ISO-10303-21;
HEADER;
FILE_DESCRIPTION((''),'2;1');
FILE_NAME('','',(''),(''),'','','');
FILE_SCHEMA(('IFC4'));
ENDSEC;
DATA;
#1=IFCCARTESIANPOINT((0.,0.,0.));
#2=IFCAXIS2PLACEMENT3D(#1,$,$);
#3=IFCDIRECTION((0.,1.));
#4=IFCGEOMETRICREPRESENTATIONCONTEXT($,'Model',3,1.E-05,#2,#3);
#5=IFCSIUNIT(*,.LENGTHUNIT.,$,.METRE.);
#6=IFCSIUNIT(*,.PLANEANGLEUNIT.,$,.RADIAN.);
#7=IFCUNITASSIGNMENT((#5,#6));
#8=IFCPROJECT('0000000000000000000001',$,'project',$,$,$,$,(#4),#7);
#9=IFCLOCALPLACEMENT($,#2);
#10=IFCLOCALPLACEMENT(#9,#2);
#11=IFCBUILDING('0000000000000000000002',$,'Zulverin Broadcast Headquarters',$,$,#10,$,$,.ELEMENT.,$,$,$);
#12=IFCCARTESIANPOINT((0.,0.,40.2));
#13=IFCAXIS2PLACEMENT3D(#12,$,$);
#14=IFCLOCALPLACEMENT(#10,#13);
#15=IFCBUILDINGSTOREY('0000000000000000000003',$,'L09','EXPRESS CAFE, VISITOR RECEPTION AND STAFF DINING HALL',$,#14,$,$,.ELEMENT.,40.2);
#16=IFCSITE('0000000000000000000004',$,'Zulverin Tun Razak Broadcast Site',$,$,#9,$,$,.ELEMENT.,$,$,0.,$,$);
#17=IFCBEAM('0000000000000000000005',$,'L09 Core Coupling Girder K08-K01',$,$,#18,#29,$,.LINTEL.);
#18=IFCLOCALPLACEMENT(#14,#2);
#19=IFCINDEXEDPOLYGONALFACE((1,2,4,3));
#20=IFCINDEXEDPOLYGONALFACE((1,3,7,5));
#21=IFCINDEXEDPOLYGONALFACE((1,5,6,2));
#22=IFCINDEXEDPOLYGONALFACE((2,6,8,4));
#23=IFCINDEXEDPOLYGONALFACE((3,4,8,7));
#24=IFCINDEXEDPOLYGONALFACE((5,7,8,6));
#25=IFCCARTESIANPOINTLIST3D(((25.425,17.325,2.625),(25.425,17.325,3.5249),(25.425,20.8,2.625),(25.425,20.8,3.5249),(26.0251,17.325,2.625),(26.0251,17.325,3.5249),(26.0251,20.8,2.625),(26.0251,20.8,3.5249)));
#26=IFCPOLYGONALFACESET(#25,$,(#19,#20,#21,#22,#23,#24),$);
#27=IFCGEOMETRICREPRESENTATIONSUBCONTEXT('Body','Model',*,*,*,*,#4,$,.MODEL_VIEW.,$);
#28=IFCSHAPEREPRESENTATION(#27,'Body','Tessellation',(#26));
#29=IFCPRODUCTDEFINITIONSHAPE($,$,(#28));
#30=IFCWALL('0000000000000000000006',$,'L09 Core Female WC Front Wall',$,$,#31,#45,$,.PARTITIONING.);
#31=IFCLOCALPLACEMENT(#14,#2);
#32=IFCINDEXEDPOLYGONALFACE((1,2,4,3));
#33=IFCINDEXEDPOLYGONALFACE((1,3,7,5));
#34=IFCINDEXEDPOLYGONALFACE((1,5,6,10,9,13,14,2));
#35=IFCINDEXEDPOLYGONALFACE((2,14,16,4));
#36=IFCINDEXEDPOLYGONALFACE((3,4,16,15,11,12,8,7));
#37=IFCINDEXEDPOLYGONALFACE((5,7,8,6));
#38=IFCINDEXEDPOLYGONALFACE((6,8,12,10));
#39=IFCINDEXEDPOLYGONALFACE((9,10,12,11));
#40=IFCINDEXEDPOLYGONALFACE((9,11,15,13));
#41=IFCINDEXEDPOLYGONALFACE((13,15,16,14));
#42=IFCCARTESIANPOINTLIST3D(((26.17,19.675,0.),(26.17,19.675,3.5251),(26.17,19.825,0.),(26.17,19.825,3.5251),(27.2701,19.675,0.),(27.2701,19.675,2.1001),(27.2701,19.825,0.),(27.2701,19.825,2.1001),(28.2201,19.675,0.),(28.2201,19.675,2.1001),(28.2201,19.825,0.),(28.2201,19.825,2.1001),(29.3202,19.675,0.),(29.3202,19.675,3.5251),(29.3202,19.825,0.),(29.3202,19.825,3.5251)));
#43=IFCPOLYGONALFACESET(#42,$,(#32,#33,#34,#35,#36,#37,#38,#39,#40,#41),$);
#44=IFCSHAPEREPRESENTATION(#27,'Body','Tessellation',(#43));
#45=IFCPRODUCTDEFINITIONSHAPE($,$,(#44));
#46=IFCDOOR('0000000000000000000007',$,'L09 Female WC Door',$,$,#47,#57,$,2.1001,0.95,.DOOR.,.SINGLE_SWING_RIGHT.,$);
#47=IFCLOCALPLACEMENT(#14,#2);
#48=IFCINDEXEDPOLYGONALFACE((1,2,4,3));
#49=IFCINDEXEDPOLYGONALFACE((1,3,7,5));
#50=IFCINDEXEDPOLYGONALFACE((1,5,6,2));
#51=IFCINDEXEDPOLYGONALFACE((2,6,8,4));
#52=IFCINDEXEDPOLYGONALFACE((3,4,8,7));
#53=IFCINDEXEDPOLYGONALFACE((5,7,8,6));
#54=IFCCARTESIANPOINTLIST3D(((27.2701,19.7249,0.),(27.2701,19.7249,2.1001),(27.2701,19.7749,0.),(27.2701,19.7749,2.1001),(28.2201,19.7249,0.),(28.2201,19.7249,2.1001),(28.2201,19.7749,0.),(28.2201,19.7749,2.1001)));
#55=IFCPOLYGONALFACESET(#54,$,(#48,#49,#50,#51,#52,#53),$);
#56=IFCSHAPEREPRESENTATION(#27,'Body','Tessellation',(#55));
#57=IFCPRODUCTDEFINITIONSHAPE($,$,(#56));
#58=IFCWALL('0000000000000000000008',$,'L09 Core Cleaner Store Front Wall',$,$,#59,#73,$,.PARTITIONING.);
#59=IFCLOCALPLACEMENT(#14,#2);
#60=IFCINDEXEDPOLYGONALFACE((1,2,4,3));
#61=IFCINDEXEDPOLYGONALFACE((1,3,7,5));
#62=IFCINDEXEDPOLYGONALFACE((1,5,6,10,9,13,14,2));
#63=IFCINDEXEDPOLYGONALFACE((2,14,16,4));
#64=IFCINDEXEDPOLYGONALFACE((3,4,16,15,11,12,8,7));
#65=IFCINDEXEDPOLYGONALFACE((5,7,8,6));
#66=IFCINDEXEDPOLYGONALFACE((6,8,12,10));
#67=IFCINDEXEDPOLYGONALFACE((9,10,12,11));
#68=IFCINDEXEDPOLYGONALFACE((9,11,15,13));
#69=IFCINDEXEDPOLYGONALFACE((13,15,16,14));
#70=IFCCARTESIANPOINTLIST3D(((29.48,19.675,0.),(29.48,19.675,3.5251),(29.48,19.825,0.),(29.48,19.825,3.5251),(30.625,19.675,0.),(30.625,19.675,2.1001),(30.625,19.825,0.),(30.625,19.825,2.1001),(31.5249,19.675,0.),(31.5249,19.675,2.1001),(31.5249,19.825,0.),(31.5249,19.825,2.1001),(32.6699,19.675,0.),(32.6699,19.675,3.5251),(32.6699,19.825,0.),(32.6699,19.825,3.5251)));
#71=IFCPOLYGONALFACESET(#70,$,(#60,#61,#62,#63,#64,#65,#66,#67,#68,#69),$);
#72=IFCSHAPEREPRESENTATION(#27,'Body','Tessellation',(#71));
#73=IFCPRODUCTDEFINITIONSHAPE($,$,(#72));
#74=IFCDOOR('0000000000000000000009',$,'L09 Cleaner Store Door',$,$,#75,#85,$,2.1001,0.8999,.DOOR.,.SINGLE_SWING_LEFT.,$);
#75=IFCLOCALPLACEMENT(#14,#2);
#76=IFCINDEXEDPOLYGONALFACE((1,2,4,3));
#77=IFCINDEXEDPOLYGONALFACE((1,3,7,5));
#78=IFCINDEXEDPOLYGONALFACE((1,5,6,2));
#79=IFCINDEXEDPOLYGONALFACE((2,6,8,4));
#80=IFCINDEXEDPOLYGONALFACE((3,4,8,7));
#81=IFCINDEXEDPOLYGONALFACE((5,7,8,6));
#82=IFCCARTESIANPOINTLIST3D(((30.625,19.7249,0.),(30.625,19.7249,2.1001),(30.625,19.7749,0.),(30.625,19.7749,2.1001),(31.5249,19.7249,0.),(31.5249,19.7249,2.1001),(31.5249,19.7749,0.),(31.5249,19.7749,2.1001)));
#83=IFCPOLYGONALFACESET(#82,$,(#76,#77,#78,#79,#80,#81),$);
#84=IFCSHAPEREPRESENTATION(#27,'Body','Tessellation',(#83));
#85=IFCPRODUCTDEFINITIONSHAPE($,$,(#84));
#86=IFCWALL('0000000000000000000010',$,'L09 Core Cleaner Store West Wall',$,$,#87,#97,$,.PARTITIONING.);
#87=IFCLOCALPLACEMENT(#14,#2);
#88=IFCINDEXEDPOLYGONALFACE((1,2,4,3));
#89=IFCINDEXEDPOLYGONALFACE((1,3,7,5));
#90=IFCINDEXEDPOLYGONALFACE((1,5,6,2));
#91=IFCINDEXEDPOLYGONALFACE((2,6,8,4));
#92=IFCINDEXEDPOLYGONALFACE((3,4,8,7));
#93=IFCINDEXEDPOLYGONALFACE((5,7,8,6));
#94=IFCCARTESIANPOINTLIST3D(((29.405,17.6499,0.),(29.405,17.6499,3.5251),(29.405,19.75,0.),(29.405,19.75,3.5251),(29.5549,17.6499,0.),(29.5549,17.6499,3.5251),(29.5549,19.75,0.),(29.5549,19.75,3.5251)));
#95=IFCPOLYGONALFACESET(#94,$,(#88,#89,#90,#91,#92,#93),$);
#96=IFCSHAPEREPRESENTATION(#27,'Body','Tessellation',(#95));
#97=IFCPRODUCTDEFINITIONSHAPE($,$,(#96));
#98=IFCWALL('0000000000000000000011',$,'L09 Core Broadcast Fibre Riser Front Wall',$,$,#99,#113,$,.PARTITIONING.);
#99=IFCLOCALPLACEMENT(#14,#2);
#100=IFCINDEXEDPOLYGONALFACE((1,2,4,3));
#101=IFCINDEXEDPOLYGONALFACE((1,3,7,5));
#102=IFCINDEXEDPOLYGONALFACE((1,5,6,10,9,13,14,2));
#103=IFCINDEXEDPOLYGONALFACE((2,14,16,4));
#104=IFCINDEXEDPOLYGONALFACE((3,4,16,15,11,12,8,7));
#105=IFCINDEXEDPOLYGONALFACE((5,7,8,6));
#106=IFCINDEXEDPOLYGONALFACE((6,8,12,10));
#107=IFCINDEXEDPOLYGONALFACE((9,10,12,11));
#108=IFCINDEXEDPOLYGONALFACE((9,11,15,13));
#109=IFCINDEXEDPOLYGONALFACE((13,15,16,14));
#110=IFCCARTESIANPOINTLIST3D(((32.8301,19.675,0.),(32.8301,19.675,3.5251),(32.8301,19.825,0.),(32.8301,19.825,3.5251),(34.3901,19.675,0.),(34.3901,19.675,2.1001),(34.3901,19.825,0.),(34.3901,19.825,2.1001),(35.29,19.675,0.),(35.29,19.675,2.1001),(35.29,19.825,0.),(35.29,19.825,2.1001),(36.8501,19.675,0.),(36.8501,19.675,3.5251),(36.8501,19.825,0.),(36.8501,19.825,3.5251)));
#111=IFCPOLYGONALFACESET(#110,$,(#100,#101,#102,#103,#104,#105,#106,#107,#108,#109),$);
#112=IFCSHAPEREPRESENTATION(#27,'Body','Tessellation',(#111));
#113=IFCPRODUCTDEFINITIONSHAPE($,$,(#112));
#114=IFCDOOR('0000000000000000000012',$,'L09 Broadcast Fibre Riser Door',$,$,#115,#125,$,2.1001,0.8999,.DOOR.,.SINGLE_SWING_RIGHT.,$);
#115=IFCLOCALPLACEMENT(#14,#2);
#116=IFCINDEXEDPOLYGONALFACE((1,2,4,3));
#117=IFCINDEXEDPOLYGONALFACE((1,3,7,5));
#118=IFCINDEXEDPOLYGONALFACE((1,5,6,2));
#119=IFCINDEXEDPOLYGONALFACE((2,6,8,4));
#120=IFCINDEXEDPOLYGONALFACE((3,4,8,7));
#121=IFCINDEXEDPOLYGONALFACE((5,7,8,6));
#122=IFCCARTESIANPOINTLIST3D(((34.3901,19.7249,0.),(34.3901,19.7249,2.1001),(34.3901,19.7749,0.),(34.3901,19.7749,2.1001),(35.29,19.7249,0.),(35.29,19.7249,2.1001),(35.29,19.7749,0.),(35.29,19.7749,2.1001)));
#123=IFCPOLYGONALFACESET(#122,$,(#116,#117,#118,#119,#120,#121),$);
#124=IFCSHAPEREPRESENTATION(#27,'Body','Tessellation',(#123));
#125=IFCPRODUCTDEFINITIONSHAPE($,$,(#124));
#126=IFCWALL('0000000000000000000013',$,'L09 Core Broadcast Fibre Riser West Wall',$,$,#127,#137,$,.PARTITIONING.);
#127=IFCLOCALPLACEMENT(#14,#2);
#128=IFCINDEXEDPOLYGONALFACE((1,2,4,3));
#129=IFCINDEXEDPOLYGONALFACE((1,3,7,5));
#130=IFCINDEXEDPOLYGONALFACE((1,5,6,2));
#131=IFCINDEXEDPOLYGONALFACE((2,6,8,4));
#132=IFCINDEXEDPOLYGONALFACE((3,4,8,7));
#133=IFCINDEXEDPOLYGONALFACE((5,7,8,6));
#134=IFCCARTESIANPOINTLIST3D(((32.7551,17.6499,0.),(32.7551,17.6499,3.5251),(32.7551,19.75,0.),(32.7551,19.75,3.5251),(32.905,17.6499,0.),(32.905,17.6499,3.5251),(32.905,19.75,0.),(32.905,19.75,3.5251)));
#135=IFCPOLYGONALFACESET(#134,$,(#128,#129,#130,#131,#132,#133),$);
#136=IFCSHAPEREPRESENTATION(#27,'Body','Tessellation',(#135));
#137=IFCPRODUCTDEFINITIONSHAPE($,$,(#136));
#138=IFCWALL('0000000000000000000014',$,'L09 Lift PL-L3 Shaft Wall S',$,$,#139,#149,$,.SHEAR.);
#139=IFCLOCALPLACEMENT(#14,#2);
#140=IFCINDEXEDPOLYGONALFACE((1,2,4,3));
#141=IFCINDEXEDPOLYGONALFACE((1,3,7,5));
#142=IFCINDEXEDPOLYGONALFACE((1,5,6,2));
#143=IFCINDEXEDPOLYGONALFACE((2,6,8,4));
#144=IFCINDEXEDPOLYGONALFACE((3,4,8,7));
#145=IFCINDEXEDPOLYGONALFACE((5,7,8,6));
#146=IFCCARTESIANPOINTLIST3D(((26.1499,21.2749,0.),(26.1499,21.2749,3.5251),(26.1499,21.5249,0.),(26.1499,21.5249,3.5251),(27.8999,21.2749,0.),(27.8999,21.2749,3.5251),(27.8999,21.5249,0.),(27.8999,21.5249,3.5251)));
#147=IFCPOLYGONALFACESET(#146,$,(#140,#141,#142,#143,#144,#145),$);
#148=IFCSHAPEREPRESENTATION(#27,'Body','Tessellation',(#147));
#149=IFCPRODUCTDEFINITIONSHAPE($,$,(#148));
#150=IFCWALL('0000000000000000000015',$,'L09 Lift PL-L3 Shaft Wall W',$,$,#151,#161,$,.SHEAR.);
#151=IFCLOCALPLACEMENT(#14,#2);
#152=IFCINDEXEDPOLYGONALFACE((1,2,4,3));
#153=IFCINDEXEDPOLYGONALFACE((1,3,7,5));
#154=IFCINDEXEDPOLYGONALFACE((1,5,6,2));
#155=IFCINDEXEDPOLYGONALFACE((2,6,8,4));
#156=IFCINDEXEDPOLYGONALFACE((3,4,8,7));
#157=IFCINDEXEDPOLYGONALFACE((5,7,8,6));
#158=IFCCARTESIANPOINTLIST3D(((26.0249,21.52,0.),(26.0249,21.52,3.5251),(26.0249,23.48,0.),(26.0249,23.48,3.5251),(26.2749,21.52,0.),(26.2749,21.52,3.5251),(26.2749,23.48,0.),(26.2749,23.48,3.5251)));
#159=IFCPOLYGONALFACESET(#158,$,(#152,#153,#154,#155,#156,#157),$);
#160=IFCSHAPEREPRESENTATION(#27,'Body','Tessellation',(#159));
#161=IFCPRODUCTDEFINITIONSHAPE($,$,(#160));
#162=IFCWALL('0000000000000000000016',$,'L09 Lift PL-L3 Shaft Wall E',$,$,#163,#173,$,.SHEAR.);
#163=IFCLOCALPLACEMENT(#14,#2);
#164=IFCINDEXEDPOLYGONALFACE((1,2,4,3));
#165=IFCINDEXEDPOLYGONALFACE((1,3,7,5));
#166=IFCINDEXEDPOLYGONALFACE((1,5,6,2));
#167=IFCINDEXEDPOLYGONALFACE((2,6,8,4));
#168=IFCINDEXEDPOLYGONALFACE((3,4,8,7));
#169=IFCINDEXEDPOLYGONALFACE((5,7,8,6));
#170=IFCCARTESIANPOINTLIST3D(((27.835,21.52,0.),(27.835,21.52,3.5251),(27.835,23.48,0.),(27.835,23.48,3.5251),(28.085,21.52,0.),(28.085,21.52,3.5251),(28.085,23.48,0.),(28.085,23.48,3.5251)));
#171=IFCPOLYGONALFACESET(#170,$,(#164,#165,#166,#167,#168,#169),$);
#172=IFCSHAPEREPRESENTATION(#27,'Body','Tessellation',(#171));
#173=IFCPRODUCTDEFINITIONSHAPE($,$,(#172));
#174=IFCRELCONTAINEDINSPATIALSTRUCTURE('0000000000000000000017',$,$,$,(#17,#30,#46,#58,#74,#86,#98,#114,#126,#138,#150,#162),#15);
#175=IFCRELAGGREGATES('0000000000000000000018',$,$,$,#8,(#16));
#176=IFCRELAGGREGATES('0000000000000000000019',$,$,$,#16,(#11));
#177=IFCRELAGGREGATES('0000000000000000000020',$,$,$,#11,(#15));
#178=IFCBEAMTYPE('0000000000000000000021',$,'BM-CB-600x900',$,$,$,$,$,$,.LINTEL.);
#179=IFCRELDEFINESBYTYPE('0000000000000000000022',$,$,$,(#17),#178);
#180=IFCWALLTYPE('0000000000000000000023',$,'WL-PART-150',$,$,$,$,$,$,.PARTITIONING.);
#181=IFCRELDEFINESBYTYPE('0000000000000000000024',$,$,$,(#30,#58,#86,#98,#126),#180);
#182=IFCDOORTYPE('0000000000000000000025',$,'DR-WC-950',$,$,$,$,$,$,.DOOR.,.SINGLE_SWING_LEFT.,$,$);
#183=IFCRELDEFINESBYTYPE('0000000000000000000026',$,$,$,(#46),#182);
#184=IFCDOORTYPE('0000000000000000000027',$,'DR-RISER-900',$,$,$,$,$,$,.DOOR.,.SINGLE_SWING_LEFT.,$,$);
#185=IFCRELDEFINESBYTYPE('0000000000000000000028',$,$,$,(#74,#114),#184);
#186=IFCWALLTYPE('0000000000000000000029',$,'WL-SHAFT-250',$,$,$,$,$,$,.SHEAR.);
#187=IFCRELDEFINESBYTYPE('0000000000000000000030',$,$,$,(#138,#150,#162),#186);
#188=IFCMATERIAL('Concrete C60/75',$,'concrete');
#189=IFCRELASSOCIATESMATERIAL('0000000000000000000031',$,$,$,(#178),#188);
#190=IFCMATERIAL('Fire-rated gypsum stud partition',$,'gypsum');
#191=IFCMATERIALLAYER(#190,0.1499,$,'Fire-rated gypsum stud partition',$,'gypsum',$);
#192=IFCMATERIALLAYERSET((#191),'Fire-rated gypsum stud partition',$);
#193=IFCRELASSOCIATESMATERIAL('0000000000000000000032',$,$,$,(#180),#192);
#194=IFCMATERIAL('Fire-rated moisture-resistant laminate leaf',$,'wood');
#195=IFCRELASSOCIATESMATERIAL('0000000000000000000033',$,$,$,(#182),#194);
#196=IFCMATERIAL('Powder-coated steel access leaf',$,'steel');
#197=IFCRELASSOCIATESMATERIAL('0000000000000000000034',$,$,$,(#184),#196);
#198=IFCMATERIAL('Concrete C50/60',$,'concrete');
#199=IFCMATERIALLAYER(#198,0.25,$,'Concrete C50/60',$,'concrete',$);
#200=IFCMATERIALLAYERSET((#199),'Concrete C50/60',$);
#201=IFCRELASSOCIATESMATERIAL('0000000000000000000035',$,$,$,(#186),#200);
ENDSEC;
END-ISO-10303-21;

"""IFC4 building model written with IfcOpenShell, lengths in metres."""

from ifc_helpers import new_model, si_unit, direction, frame, frame_2d, origin, origin_2d, place, context, subcontext, project, spatial, rectangle, extrude, material, layer, layer_set, material_profile, profile_set, type_object, element, fill, save


model = new_model("IFC4")

# Units and contexts
model_context = context("Model", 3, precision=1e-05, world=origin(), true_north=direction((0.0, 1.0)))
body_context = subcontext(model_context, "Body", "Model", "MODEL_VIEW")
ifc_project = project(units=[si_unit("LENGTHUNIT", "METRE"), si_unit("PLANEANGLEUNIT", "RADIAN")], contexts=[model_context])

# Site, building, storey
site_placement = place(None, origin())
site = spatial("IfcSite", under=ifc_project, at=site_placement, Name="Zulverin Tun Razak Broadcast Site", CompositionType="ELEMENT", RefElevation=0.0)
building_placement = place(site_placement, origin())
building = spatial("IfcBuilding", under=site, at=building_placement, Name="Zulverin Broadcast Headquarters", CompositionType="ELEMENT")
storey_placement = place(building_placement, frame((0.0, 0.0, 40.2)))
storey = spatial("IfcBuildingStorey", under=building, at=storey_placement, Name="L09", Description="EXPRESS CAFE, VISITOR RECEPTION AND STAFF DINING HALL", CompositionType="ELEMENT", Elevation=40.2)

# Beam
ifc_material_1 = material(Name="Concrete C60/75", Category="concrete")
ifc_material_profile = material_profile(ifc_material_1, rectangle(XDim=0.6001, YDim=0.8999, at=origin_2d()), Name="Concrete C60/75", Category="concrete")
ifc_profile_set = profile_set([ifc_material_profile], Name="Concrete C60/75")
beam_type = type_object("IfcBeamType", Name="BM-CB-600x900", PredefinedType="LINTEL", material=ifc_profile_set)
beam_placement = place(storey_placement, frame((25.7251, 20.8, 3.075), z_axis=(0.0, -1.0, 0.0), x_axis=(1.0, 0.0, 0.0)))
element("IfcBeam", 1, at=beam_placement, inside=storey, type_object=beam_type, Name="L09 Core Coupling Girder K08-K01", PredefinedType="LINTEL", context=body_context, shape_type="SweptSolid", body=[
    extrude(rectangle(XDim=0.6001, YDim=0.8999, at=origin_2d()), origin(), (0.0, 0.0, 1.0), 3.4751),
])

# Walls, openings, doors
ifc_material_2 = material(Name="Fire-rated gypsum stud partition", Category="gypsum")
ifc_layer_1 = layer(ifc_material_2, 0.1499, Name="Fire-rated gypsum stud partition", Category="gypsum")
ifc_layer_set_1 = layer_set([ifc_layer_1], Name="Fire-rated gypsum stud partition")
wall_type_1 = type_object("IfcWallType", Name="WL-PART-150", PredefinedType="PARTITIONING", material=ifc_layer_set_1)
wall_1_placement = place(storey_placement, frame((26.1699, 19.75, 0.0), z_axis=(0.0, 0.0, 1.0), x_axis=(1.0, 0.0, 0.0)))
wall_1 = element("IfcWall", 2, at=wall_1_placement, inside=storey, type_object=wall_type_1, Name="L09 Core Female WC Front Wall", PredefinedType="PARTITIONING", context=body_context, shape_type="SweptSolid", body=[
    extrude(rectangle(XDim=3.1501, YDim=0.1499, at=frame_2d((1.5752, 0.0))), origin(), (0.0, 0.0, 1.0), 3.5251),
])
opening_1_placement = place(wall_1_placement, frame((1.1001, 0.0, 0.0)))
opening_1 = element("IfcOpeningElement", 3, at=opening_1_placement, cuts=wall_1, PredefinedType="OPENING", context=body_context, shape_type="SweptSolid", body=[
    extrude(rectangle(XDim=0.95, YDim=2.1001, at=frame_2d((0.4751, 1.05))), frame((0.0, 0.085, 0.0), z_axis=(0.0, -1.0, 0.0), x_axis=(1.0, 0.0, 0.0)), (0.0, 0.0, 1.0), 0.1699),
])
ifc_material_3 = material(Name="Fire-rated moisture-resistant laminate leaf", Category="wood")
door_type_1 = type_object("IfcDoorType", Name="DR-WC-950", OperationType="SINGLE_SWING_LEFT", PredefinedType="DOOR", material=ifc_material_3)
door_1_placement = place(opening_1_placement, origin())
door_1 = element("IfcDoor", 4, at=door_1_placement, inside=storey, type_object=door_type_1, Name="L09 Female WC Door", OperationType="SINGLE_SWING_RIGHT", OverallHeight=2.1001, OverallWidth=0.95, PredefinedType="DOOR", context=body_context, shape_type="SweptSolid", body=[
    extrude(rectangle(XDim=0.95, YDim=2.1001, at=frame_2d((0.4751, 1.05))), frame((0.0, 0.0249, 0.0), z_axis=(0.0, -1.0, 0.0), x_axis=(1.0, 0.0, 0.0)), (0.0, 0.0, 1.0), 0.05),
])
fill(opening_1, door_1)
wall_2_placement = place(storey_placement, frame((29.48, 19.75, 0.0), z_axis=(0.0, 0.0, 1.0), x_axis=(1.0, 0.0, 0.0)))
wall_2 = element("IfcWall", 5, at=wall_2_placement, inside=storey, type_object=wall_type_1, Name="L09 Core Cleaner Store Front Wall", PredefinedType="PARTITIONING", context=body_context, shape_type="SweptSolid", body=[
    extrude(rectangle(XDim=3.1899, YDim=0.1499, at=frame_2d((1.595, 0.0))), origin(), (0.0, 0.0, 1.0), 3.5251),
])
opening_2_placement = place(wall_2_placement, frame((1.145, 0.0, 0.0)))
opening_2 = element("IfcOpeningElement", 6, at=opening_2_placement, cuts=wall_2, PredefinedType="OPENING", context=body_context, shape_type="SweptSolid", body=[
    extrude(rectangle(XDim=0.8999, YDim=2.1001, at=frame_2d((0.45, 1.05))), frame((0.0, 0.085, 0.0), z_axis=(0.0, -1.0, 0.0), x_axis=(1.0, 0.0, 0.0)), (0.0, 0.0, 1.0), 0.1699),
])
ifc_material_4 = material(Name="Powder-coated steel access leaf", Category="steel")
door_type_2 = type_object("IfcDoorType", Name="DR-RISER-900", OperationType="SINGLE_SWING_LEFT", PredefinedType="DOOR", material=ifc_material_4)
door_2_placement = place(opening_2_placement, origin())
door_2 = element("IfcDoor", 7, at=door_2_placement, inside=storey, type_object=door_type_2, Name="L09 Cleaner Store Door", OperationType="SINGLE_SWING_LEFT", OverallHeight=2.1001, OverallWidth=0.8999, PredefinedType="DOOR", context=body_context, shape_type="SweptSolid", body=[
    extrude(rectangle(XDim=0.8999, YDim=2.1001, at=frame_2d((0.45, 1.05))), frame((0.0, 0.0249, 0.0), z_axis=(0.0, -1.0, 0.0), x_axis=(1.0, 0.0, 0.0)), (0.0, 0.0, 1.0), 0.05),
])
fill(opening_2, door_2)

# Wall
wall_3_placement = place(storey_placement, frame((29.48, 17.6499, 0.0), z_axis=(0.0, 0.0, 1.0), x_axis=(0.0, 1.0, 0.0)))
element("IfcWall", 8, at=wall_3_placement, inside=storey, type_object=wall_type_1, Name="L09 Core Cleaner Store West Wall", PredefinedType="PARTITIONING", context=body_context, shape_type="SweptSolid", body=[
    extrude(rectangle(XDim=2.1001, YDim=0.1499, at=frame_2d((1.05, 0.0))), origin(), (0.0, 0.0, 1.0), 3.5251),
])

# Wall, opening, door
wall_4_placement = place(storey_placement, frame((32.8301, 19.75, 0.0), z_axis=(0.0, 0.0, 1.0), x_axis=(1.0, 0.0, 0.0)))
wall_4 = element("IfcWall", 9, at=wall_4_placement, inside=storey, type_object=wall_type_1, Name="L09 Core Broadcast Fibre Riser Front Wall", PredefinedType="PARTITIONING", context=body_context, shape_type="SweptSolid", body=[
    extrude(rectangle(XDim=4.02, YDim=0.1499, at=frame_2d((2.01, 0.0))), origin(), (0.0, 0.0, 1.0), 3.5251),
])
opening_3_placement = place(wall_4_placement, frame((1.5601, 0.0, 0.0)))
opening_3 = element("IfcOpeningElement", 10, at=opening_3_placement, cuts=wall_4, PredefinedType="OPENING", context=body_context, shape_type="SweptSolid", body=[
    extrude(rectangle(XDim=0.8999, YDim=2.1001, at=frame_2d((0.45, 1.05))), frame((0.0, 0.085, 0.0), z_axis=(0.0, -1.0, 0.0), x_axis=(1.0, 0.0, 0.0)), (0.0, 0.0, 1.0), 0.1699),
])
door_3_placement = place(opening_3_placement, origin())
door_3 = element("IfcDoor", 11, at=door_3_placement, inside=storey, type_object=door_type_2, Name="L09 Broadcast Fibre Riser Door", OperationType="SINGLE_SWING_RIGHT", OverallHeight=2.1001, OverallWidth=0.8999, PredefinedType="DOOR", context=body_context, shape_type="SweptSolid", body=[
    extrude(rectangle(XDim=0.8999, YDim=2.1001, at=frame_2d((0.45, 1.05))), frame((0.0, 0.0249, 0.0), z_axis=(0.0, -1.0, 0.0), x_axis=(1.0, 0.0, 0.0)), (0.0, 0.0, 1.0), 0.05),
])
fill(opening_3, door_3)

# Walls
wall_5_placement = place(storey_placement, frame((32.8301, 17.6499, 0.0), z_axis=(0.0, 0.0, 1.0), x_axis=(0.0, 1.0, 0.0)))
element("IfcWall", 12, at=wall_5_placement, inside=storey, type_object=wall_type_1, Name="L09 Core Broadcast Fibre Riser West Wall", PredefinedType="PARTITIONING", context=body_context, shape_type="SweptSolid", body=[
    extrude(rectangle(XDim=2.1001, YDim=0.1499, at=frame_2d((1.05, 0.0))), origin(), (0.0, 0.0, 1.0), 3.5251),
])
ifc_material_5 = material(Name="Concrete C50/60", Category="concrete")
ifc_layer_2 = layer(ifc_material_5, 0.25, Name="Concrete C50/60", Category="concrete")
ifc_layer_set_2 = layer_set([ifc_layer_2], Name="Concrete C50/60")
wall_type_2 = type_object("IfcWallType", Name="WL-SHAFT-250", PredefinedType="SHEAR", material=ifc_layer_set_2)
wall_6_placement = place(storey_placement, frame((26.1499, 21.3999, 0.0), z_axis=(0.0, 0.0, 1.0), x_axis=(1.0, 0.0, 0.0)))
element("IfcWall", 13, at=wall_6_placement, inside=storey, type_object=wall_type_2, Name="L09 Lift PL-L3 Shaft Wall S", PredefinedType="SHEAR", context=body_context, shape_type="SweptSolid", body=[
    extrude(rectangle(XDim=1.75, YDim=0.25, at=frame_2d((0.875, 0.0))), origin(), (0.0, 0.0, 1.0), 3.5251),
])
for number, where, z_axis, x_axis, name in (
    (14, (26.1499, 21.52, 0.0), (0.0, 0.0, 1.0), (0.0, 1.0, 0.0), "L09 Lift PL-L3 Shaft Wall W"),
    (15, (27.96, 21.52, 0.0), (0.0, 0.0, 1.0), (0.0, 1.0, 0.0), "L09 Lift PL-L3 Shaft Wall E"),
):
    element("IfcWall", number, at=place(storey_placement, frame(where, z_axis=z_axis, x_axis=x_axis)), inside=storey, type_object=wall_type_2, Name=name, PredefinedType="SHEAR", context=body_context, shape_type="SweptSolid", body=[
        extrude(rectangle(XDim=1.96, YDim=0.25, at=frame_2d((0.98, 0.0))), origin(), (0.0, 0.0, 1.0), 3.5251),
    ])

save(model, "model.ifc")
